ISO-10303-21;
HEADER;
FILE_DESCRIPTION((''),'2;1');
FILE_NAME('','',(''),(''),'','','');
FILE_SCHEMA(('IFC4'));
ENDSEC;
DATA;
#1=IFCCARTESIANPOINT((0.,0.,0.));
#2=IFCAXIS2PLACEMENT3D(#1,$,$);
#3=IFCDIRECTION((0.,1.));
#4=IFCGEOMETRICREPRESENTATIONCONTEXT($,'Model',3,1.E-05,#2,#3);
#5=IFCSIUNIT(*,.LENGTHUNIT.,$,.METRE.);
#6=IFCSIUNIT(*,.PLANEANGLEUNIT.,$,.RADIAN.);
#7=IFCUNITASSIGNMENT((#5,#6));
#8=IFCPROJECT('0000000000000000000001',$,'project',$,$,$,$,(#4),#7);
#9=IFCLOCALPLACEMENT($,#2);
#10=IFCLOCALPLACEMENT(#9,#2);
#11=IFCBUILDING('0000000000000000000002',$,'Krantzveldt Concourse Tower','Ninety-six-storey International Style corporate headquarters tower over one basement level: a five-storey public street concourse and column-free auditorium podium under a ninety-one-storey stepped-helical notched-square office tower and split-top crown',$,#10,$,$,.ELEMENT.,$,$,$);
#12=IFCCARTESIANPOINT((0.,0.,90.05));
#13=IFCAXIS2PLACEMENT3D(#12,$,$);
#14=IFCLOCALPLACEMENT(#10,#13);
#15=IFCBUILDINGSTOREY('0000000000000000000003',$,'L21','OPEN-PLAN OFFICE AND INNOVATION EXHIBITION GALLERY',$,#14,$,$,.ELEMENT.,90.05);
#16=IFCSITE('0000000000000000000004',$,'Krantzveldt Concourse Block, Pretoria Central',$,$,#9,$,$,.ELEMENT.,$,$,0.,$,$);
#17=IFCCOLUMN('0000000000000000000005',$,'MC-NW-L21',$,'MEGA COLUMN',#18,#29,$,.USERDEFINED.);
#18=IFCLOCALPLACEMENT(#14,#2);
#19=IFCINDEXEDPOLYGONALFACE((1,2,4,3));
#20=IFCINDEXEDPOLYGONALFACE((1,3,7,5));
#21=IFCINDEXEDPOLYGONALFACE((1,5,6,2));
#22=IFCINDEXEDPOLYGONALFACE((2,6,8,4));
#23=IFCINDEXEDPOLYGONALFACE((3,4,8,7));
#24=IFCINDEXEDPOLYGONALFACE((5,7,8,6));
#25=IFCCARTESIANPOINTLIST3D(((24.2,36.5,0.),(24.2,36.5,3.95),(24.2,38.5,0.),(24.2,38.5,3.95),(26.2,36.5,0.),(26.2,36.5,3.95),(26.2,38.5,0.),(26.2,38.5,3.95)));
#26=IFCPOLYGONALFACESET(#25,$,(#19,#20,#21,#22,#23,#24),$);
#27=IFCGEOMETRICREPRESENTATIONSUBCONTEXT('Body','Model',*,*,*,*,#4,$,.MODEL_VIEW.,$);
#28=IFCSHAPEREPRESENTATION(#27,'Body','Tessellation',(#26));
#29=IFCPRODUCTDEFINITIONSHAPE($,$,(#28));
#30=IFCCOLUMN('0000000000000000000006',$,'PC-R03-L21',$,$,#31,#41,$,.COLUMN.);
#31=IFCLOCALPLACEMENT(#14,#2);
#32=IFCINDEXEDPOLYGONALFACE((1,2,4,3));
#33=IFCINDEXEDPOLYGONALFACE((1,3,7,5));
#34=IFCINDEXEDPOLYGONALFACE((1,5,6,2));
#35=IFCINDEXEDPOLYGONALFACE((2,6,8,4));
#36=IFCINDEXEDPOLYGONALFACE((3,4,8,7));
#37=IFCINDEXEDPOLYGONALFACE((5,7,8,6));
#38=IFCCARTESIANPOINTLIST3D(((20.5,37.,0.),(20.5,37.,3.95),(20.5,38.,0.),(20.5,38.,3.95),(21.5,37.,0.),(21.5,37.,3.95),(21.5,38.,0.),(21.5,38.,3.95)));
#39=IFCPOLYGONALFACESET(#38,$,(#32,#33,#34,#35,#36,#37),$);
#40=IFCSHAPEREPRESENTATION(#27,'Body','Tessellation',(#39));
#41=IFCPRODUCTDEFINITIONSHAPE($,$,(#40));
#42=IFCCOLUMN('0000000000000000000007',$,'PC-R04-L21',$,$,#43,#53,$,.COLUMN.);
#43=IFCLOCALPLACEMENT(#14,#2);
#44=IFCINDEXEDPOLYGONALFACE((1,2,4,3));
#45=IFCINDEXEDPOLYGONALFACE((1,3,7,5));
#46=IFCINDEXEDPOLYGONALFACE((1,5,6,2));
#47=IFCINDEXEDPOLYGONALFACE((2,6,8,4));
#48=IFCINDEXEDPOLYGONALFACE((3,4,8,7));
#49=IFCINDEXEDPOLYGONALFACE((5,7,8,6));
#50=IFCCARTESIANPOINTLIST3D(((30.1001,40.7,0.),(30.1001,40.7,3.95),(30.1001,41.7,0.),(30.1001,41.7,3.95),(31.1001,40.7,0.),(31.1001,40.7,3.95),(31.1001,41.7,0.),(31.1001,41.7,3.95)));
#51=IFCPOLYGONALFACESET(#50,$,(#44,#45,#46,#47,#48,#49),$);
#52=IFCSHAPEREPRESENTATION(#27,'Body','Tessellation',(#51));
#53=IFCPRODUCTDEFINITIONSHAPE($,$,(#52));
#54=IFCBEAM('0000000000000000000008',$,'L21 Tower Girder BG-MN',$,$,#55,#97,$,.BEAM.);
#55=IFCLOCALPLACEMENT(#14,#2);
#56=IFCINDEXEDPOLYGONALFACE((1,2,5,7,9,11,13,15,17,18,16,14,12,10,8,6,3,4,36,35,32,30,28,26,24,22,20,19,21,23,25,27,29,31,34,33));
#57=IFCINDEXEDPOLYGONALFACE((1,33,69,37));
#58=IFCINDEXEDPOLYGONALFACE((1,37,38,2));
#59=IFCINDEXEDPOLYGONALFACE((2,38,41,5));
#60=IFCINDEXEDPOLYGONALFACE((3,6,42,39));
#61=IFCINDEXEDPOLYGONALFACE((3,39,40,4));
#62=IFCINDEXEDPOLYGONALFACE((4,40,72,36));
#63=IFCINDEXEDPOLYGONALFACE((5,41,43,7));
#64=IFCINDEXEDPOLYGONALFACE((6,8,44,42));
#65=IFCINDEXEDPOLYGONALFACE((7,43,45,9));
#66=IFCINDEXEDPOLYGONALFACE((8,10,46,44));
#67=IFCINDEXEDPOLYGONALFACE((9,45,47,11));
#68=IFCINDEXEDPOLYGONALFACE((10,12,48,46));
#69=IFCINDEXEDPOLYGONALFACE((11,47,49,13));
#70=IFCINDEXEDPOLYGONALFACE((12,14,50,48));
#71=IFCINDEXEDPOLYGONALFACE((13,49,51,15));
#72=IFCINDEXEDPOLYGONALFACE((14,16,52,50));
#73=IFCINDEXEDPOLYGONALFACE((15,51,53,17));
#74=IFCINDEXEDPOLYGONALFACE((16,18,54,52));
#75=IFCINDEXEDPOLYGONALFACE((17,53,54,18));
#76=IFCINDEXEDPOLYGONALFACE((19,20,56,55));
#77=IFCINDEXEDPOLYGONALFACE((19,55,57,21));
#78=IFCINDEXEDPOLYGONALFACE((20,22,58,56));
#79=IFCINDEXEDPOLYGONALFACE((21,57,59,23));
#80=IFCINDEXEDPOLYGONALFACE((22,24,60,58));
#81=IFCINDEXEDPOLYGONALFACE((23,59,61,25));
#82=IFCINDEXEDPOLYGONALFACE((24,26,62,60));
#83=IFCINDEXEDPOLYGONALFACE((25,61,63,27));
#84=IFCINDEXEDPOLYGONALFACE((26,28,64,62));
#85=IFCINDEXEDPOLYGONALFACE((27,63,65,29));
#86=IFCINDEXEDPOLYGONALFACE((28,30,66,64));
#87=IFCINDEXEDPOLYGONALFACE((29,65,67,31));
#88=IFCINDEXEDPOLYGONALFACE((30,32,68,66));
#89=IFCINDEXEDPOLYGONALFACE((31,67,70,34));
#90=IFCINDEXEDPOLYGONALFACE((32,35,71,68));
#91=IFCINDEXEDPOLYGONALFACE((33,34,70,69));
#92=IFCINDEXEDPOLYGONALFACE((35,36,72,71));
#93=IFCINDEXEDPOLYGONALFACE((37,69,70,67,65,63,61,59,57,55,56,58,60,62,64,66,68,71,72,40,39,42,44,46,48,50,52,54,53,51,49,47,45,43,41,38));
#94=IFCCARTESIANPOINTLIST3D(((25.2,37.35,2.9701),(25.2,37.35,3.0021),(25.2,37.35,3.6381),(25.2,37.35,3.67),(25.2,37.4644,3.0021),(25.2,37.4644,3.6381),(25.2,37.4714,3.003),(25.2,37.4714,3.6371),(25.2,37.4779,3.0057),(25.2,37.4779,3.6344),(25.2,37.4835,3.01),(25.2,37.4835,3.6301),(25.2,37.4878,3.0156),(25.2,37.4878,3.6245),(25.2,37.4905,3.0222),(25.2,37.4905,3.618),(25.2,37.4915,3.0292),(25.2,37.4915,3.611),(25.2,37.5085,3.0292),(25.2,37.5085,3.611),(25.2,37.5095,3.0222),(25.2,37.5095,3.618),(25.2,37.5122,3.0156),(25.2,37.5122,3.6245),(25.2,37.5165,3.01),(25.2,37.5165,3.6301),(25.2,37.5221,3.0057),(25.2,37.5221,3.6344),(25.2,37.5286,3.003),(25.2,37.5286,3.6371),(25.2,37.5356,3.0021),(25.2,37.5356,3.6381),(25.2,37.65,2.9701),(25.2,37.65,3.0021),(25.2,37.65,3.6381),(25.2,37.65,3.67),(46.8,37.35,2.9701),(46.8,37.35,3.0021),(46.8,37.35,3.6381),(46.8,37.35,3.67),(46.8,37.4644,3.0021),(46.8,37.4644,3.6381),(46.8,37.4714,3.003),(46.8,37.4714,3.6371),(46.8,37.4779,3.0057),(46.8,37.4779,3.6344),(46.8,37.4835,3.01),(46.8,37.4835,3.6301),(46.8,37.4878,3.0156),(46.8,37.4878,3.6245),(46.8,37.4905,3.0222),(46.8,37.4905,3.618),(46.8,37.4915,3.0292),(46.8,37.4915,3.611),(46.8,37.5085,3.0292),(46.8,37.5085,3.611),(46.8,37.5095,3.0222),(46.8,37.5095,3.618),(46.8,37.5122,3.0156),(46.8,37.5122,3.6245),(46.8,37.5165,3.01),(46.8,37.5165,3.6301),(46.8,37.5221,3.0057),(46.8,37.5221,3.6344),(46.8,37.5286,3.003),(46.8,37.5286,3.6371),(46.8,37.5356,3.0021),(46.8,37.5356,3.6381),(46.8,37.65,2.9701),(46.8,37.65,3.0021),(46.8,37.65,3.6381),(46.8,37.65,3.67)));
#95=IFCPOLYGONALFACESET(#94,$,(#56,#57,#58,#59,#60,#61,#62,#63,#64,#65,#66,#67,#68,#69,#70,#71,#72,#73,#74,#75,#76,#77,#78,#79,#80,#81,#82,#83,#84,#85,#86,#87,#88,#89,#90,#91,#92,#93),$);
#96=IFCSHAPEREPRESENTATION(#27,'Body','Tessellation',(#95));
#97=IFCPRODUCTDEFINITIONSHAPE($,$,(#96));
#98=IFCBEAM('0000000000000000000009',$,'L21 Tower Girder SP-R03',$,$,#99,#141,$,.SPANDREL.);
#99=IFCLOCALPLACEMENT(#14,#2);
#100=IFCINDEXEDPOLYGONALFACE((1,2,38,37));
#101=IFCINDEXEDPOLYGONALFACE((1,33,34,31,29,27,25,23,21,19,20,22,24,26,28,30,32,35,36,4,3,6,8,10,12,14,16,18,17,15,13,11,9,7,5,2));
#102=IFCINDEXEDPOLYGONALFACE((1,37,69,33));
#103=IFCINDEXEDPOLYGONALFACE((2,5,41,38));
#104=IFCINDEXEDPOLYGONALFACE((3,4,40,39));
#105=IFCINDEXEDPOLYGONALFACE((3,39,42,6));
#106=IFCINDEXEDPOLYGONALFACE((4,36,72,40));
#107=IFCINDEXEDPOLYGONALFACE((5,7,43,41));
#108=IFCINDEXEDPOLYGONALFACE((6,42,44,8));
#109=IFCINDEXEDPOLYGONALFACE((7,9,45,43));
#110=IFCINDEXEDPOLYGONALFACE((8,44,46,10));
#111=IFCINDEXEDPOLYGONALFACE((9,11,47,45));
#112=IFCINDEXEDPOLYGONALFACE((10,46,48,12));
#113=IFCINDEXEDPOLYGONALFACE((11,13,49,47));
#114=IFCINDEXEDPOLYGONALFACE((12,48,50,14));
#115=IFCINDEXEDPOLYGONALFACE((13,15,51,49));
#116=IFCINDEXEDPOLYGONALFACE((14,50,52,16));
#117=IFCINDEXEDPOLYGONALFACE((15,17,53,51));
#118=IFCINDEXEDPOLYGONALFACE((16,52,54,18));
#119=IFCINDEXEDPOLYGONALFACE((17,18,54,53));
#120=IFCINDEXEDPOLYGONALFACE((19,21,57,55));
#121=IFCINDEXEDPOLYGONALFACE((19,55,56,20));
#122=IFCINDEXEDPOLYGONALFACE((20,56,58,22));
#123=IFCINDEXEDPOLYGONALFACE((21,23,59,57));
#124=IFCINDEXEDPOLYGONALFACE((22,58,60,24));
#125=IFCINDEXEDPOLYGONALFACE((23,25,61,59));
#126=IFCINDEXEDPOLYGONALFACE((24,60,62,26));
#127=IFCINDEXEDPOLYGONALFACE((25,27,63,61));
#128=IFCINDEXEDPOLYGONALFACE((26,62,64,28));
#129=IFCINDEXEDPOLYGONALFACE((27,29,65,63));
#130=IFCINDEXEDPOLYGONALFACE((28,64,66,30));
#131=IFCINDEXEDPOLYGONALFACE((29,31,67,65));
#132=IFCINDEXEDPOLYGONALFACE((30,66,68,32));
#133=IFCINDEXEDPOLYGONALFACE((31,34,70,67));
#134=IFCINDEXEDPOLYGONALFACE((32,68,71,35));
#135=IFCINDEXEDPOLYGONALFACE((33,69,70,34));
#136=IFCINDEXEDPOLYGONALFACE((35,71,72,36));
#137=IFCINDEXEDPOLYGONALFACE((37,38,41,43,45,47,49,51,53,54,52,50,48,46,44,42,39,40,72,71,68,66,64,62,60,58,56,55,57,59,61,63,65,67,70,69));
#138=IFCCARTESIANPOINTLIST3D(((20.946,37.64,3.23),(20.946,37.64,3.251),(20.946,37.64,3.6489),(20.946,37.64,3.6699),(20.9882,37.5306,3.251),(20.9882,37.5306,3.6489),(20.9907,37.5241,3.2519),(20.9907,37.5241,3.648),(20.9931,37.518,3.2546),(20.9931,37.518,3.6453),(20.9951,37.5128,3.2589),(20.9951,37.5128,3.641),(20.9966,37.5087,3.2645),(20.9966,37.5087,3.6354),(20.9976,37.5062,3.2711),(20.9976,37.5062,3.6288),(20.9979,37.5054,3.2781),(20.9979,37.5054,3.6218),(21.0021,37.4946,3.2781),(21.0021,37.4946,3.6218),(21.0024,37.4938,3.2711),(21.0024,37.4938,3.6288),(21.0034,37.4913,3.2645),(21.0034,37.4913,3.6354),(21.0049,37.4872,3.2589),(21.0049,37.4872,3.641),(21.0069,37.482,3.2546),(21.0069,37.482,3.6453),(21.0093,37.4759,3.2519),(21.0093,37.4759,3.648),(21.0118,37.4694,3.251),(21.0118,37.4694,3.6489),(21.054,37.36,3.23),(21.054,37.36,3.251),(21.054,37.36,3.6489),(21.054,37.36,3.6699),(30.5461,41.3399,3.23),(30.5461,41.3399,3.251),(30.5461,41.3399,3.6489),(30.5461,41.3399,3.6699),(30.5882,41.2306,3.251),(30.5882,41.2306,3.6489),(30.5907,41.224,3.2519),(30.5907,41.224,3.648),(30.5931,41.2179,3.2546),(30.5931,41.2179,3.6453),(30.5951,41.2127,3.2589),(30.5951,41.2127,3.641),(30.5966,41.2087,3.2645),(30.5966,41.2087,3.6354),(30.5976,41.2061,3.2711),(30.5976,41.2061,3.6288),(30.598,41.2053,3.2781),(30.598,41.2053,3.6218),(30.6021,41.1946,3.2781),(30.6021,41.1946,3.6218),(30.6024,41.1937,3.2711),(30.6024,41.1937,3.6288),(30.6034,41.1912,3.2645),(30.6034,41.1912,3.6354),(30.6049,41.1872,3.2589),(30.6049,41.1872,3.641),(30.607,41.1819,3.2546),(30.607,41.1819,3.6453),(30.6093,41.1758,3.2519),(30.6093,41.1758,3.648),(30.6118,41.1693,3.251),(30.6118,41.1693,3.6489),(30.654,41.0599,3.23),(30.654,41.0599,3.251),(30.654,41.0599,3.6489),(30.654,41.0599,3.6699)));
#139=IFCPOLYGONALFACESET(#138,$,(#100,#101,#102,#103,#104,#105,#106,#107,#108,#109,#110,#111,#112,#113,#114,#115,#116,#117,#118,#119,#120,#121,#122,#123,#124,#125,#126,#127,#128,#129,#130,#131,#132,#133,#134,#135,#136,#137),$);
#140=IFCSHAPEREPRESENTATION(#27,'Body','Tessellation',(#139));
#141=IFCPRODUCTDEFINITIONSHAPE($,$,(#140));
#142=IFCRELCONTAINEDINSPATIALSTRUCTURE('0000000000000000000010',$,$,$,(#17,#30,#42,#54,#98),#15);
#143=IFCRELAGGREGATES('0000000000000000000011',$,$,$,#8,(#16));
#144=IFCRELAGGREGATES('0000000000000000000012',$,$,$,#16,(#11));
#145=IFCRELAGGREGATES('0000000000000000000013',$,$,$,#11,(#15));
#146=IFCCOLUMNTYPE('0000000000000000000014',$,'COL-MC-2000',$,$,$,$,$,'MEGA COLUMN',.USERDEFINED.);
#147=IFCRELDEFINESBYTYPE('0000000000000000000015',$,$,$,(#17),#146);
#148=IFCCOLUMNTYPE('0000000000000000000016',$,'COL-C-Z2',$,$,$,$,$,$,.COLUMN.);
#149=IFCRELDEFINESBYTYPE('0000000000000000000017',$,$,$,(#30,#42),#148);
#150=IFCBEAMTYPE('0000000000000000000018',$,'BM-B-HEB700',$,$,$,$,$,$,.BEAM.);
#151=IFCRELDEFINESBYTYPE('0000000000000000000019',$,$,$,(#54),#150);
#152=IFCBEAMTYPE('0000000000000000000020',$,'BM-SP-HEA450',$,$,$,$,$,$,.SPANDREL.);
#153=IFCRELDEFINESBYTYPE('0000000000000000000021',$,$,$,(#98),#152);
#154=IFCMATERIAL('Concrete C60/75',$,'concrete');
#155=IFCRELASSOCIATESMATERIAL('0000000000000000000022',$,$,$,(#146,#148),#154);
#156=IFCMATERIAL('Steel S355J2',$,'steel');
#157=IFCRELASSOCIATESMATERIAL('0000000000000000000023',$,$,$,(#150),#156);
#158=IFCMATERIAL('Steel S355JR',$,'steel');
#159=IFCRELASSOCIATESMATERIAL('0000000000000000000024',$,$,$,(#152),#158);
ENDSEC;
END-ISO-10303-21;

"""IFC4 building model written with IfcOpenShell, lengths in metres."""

from ifc_helpers import new_model, si_unit, direction, frame, origin, origin_2d, place, context, subcontext, project, spatial, rectangle, i_section, extrude, source, transform, mapped, material, material_profile, profile_set, type_object, type_shapes, element, save


model = new_model("IFC4")

# Units and contexts
model_context = context("Model", 3, precision=1e-05, world=origin(), true_north=direction((0.0, 1.0)))
body_context = subcontext(model_context, "Body", "Model", "MODEL_VIEW")
ifc_project = project(units=[si_unit("LENGTHUNIT", "METRE"), si_unit("PLANEANGLEUNIT", "RADIAN")], contexts=[model_context])

# Site, building, storey
site_placement = place(None, origin())
site = spatial("IfcSite", under=ifc_project, at=site_placement, Name="Krantzveldt Concourse Block, Pretoria Central", CompositionType="ELEMENT", RefElevation=0.0)
building_placement = place(site_placement, origin())
building = spatial("IfcBuilding", under=site, at=building_placement, Name="Krantzveldt Concourse Tower", Description="Ninety-six-storey International Style corporate headquarters tower over one basement level: a five-storey public street concourse and column-free auditorium podium under a ninety-one-storey stepped-helical notched-square office tower and split-top crown", CompositionType="ELEMENT")
storey_placement = place(building_placement, frame((0.0, 0.0, 90.05)))
storey = spatial("IfcBuildingStorey", under=building, at=storey_placement, Name="L21", Description="OPEN-PLAN OFFICE AND INNOVATION EXHIBITION GALLERY", CompositionType="ELEMENT", Elevation=90.05)

# Columns
ifc_material_1 = material(Name="Concrete C60/75", Category="concrete")
ifc_material_profile_1 = material_profile(ifc_material_1, rectangle(XDim=2.0, YDim=2.0, at=origin_2d()), Name="Concrete C60/75", Category="concrete")
ifc_profile_set_1 = profile_set([ifc_material_profile_1], Name="Concrete C60/75 - RC 2000x2000")
column_type_1 = type_object("IfcColumnType", Name="COL-MC-2000", ElementType="MEGA COLUMN", PredefinedType="USERDEFINED", material=ifc_profile_set_1)
shared_shape_1 = source(origin(), body_context, "Body", "SweptSolid", [
    extrude(rectangle(XDim=2.0, YDim=2.0, at=origin_2d()), origin(), (0.0, 0.0, 1.0), 3.95),
])
type_shapes(column_type_1, [shared_shape_1])
column_placement = place(storey_placement, frame((25.2, 37.5, 0.0), z_axis=(0.0, 0.0, 1.0), x_axis=(1.0, 0.0, 0.0)))
element("IfcColumn", 1, at=column_placement, inside=storey, type_object=column_type_1, Name="MC-NW-L21", ObjectType="MEGA COLUMN", PredefinedType="USERDEFINED", context=body_context, shape_type="MappedRepresentation", body=[
    mapped(shared_shape_1, transform((0.0, 0.0, 0.0), x_axis=(1.0, 0.0, 0.0), y_axis=(0.0, 1.0, 0.0), z_axis=(0.0, 0.0, 1.0), scale=1.0)),
])
ifc_material_profile_2 = material_profile(ifc_material_1, rectangle(XDim=1.0, YDim=1.0, at=origin_2d()), Name="Concrete C60/75", Category="concrete")
ifc_profile_set_2 = profile_set([ifc_material_profile_2], Name="Concrete C60/75 - RC 1000x1000")
column_type_2 = type_object("IfcColumnType", Name="COL-C-Z2", PredefinedType="COLUMN", material=ifc_profile_set_2)
shared_shape_2 = source(origin(), body_context, "Body", "SweptSolid", [
    extrude(rectangle(XDim=1.0, YDim=1.0, at=origin_2d()), origin(), (0.0, 0.0, 1.0), 3.95),
])
type_shapes(column_type_2, [shared_shape_2])
for number, where, z_axis, x_axis, name in (
    (2, (21.0, 37.5, 0.0), (0.0, 0.0, 1.0), (1.0, 0.0, 0.0), "PC-R03-L21"),
    (3, (30.6001, 41.2, 0.0), (0.0, 0.0, 1.0), (1.0, 0.0, 0.0), "PC-R04-L21"),
):
    element("IfcColumn", number, at=place(storey_placement, frame(where, z_axis=z_axis, x_axis=x_axis)), inside=storey, type_object=column_type_2, Name=name, PredefinedType="COLUMN", context=body_context, shape_type="MappedRepresentation", body=[
        mapped(shared_shape_2, transform((0.0, 0.0, 0.0), x_axis=(1.0, 0.0, 0.0), y_axis=(0.0, 1.0, 0.0), z_axis=(0.0, 0.0, 1.0), scale=1.0)),
    ])

# Beams
ifc_material_2 = material(Name="Steel S355J2", Category="steel")
ifc_material_profile_3 = material_profile(ifc_material_2, i_section(OverallWidth=0.3, OverallDepth=0.7, WebThickness=0.0171, FlangeThickness=0.032, FilletRadius=0.0271, at=origin_2d()), Name="Steel S355J2", Category="steel")
ifc_profile_set_3 = profile_set([ifc_material_profile_3], Name="Steel S355J2 - HEB 700")
beam_type_1 = type_object("IfcBeamType", Name="BM-B-HEB700", PredefinedType="BEAM", material=ifc_profile_set_3)
shared_shape_3 = source(origin(), body_context, "Body", "SweptSolid", [
    extrude(i_section(OverallWidth=0.3, OverallDepth=0.7, WebThickness=0.0171, FlangeThickness=0.032, FilletRadius=0.0271, at=origin_2d()), origin(), (0.0, 0.0, 1.0), 21.6001),
])
type_shapes(beam_type_1, [shared_shape_3])
beam_1_placement = place(storey_placement, frame((25.2, 37.5, 3.3201), z_axis=(1.0, 0.0, 0.0), x_axis=(0.0, 1.0, 0.0)))
element("IfcBeam", 4, at=beam_1_placement, inside=storey, type_object=beam_type_1, Name="L21 Tower Girder BG-MN", PredefinedType="BEAM", context=body_context, shape_type="MappedRepresentation", body=[
    mapped(shared_shape_3, transform((0.0, 0.0, 0.0), x_axis=(1.0, 0.0, 0.0), y_axis=(0.0, 1.0, 0.0), z_axis=(0.0, 0.0, 1.0), scale=1.0)),
])
ifc_material_3 = material(Name="Steel S355JR", Category="steel")
ifc_material_profile_4 = material_profile(ifc_material_3, i_section(OverallWidth=0.3, OverallDepth=0.4399, WebThickness=0.0115, FlangeThickness=0.021, FilletRadius=0.0271, at=origin_2d()), Name="Steel S355JR", Category="steel")
ifc_profile_set_4 = profile_set([ifc_material_profile_4], Name="Steel S355JR - HEA 450")
beam_type_2 = type_object("IfcBeamType", Name="BM-SP-HEA450", PredefinedType="SPANDREL", material=ifc_profile_set_4)
shared_shape_4 = source(origin(), body_context, "Body", "SweptSolid", [
    extrude(i_section(OverallWidth=0.3, OverallDepth=0.4399, WebThickness=0.0115, FlangeThickness=0.021, FilletRadius=0.0271, at=origin_2d()), origin(), (0.0, 0.0, 1.0), 10.2883),
])
beam_2_placement = place(storey_placement, frame((21.0, 37.5, 3.45), z_axis=(0.933098, 0.359623, 0.0), x_axis=(-0.359623, 0.933098, 0.0)))
element("IfcBeam", 5, at=beam_2_placement, inside=storey, type_object=beam_type_2, Name="L21 Tower Girder SP-R03", PredefinedType="SPANDREL", context=body_context, shape_type="MappedRepresentation", body=[
    mapped(shared_shape_4, transform((0.0, 0.0, 0.0), x_axis=(1.0, 0.0, 0.0), y_axis=(0.0, 1.0, 0.0), z_axis=(0.0, 0.0, 1.0), scale=1.0)),
])

save(model, "model.ifc")
